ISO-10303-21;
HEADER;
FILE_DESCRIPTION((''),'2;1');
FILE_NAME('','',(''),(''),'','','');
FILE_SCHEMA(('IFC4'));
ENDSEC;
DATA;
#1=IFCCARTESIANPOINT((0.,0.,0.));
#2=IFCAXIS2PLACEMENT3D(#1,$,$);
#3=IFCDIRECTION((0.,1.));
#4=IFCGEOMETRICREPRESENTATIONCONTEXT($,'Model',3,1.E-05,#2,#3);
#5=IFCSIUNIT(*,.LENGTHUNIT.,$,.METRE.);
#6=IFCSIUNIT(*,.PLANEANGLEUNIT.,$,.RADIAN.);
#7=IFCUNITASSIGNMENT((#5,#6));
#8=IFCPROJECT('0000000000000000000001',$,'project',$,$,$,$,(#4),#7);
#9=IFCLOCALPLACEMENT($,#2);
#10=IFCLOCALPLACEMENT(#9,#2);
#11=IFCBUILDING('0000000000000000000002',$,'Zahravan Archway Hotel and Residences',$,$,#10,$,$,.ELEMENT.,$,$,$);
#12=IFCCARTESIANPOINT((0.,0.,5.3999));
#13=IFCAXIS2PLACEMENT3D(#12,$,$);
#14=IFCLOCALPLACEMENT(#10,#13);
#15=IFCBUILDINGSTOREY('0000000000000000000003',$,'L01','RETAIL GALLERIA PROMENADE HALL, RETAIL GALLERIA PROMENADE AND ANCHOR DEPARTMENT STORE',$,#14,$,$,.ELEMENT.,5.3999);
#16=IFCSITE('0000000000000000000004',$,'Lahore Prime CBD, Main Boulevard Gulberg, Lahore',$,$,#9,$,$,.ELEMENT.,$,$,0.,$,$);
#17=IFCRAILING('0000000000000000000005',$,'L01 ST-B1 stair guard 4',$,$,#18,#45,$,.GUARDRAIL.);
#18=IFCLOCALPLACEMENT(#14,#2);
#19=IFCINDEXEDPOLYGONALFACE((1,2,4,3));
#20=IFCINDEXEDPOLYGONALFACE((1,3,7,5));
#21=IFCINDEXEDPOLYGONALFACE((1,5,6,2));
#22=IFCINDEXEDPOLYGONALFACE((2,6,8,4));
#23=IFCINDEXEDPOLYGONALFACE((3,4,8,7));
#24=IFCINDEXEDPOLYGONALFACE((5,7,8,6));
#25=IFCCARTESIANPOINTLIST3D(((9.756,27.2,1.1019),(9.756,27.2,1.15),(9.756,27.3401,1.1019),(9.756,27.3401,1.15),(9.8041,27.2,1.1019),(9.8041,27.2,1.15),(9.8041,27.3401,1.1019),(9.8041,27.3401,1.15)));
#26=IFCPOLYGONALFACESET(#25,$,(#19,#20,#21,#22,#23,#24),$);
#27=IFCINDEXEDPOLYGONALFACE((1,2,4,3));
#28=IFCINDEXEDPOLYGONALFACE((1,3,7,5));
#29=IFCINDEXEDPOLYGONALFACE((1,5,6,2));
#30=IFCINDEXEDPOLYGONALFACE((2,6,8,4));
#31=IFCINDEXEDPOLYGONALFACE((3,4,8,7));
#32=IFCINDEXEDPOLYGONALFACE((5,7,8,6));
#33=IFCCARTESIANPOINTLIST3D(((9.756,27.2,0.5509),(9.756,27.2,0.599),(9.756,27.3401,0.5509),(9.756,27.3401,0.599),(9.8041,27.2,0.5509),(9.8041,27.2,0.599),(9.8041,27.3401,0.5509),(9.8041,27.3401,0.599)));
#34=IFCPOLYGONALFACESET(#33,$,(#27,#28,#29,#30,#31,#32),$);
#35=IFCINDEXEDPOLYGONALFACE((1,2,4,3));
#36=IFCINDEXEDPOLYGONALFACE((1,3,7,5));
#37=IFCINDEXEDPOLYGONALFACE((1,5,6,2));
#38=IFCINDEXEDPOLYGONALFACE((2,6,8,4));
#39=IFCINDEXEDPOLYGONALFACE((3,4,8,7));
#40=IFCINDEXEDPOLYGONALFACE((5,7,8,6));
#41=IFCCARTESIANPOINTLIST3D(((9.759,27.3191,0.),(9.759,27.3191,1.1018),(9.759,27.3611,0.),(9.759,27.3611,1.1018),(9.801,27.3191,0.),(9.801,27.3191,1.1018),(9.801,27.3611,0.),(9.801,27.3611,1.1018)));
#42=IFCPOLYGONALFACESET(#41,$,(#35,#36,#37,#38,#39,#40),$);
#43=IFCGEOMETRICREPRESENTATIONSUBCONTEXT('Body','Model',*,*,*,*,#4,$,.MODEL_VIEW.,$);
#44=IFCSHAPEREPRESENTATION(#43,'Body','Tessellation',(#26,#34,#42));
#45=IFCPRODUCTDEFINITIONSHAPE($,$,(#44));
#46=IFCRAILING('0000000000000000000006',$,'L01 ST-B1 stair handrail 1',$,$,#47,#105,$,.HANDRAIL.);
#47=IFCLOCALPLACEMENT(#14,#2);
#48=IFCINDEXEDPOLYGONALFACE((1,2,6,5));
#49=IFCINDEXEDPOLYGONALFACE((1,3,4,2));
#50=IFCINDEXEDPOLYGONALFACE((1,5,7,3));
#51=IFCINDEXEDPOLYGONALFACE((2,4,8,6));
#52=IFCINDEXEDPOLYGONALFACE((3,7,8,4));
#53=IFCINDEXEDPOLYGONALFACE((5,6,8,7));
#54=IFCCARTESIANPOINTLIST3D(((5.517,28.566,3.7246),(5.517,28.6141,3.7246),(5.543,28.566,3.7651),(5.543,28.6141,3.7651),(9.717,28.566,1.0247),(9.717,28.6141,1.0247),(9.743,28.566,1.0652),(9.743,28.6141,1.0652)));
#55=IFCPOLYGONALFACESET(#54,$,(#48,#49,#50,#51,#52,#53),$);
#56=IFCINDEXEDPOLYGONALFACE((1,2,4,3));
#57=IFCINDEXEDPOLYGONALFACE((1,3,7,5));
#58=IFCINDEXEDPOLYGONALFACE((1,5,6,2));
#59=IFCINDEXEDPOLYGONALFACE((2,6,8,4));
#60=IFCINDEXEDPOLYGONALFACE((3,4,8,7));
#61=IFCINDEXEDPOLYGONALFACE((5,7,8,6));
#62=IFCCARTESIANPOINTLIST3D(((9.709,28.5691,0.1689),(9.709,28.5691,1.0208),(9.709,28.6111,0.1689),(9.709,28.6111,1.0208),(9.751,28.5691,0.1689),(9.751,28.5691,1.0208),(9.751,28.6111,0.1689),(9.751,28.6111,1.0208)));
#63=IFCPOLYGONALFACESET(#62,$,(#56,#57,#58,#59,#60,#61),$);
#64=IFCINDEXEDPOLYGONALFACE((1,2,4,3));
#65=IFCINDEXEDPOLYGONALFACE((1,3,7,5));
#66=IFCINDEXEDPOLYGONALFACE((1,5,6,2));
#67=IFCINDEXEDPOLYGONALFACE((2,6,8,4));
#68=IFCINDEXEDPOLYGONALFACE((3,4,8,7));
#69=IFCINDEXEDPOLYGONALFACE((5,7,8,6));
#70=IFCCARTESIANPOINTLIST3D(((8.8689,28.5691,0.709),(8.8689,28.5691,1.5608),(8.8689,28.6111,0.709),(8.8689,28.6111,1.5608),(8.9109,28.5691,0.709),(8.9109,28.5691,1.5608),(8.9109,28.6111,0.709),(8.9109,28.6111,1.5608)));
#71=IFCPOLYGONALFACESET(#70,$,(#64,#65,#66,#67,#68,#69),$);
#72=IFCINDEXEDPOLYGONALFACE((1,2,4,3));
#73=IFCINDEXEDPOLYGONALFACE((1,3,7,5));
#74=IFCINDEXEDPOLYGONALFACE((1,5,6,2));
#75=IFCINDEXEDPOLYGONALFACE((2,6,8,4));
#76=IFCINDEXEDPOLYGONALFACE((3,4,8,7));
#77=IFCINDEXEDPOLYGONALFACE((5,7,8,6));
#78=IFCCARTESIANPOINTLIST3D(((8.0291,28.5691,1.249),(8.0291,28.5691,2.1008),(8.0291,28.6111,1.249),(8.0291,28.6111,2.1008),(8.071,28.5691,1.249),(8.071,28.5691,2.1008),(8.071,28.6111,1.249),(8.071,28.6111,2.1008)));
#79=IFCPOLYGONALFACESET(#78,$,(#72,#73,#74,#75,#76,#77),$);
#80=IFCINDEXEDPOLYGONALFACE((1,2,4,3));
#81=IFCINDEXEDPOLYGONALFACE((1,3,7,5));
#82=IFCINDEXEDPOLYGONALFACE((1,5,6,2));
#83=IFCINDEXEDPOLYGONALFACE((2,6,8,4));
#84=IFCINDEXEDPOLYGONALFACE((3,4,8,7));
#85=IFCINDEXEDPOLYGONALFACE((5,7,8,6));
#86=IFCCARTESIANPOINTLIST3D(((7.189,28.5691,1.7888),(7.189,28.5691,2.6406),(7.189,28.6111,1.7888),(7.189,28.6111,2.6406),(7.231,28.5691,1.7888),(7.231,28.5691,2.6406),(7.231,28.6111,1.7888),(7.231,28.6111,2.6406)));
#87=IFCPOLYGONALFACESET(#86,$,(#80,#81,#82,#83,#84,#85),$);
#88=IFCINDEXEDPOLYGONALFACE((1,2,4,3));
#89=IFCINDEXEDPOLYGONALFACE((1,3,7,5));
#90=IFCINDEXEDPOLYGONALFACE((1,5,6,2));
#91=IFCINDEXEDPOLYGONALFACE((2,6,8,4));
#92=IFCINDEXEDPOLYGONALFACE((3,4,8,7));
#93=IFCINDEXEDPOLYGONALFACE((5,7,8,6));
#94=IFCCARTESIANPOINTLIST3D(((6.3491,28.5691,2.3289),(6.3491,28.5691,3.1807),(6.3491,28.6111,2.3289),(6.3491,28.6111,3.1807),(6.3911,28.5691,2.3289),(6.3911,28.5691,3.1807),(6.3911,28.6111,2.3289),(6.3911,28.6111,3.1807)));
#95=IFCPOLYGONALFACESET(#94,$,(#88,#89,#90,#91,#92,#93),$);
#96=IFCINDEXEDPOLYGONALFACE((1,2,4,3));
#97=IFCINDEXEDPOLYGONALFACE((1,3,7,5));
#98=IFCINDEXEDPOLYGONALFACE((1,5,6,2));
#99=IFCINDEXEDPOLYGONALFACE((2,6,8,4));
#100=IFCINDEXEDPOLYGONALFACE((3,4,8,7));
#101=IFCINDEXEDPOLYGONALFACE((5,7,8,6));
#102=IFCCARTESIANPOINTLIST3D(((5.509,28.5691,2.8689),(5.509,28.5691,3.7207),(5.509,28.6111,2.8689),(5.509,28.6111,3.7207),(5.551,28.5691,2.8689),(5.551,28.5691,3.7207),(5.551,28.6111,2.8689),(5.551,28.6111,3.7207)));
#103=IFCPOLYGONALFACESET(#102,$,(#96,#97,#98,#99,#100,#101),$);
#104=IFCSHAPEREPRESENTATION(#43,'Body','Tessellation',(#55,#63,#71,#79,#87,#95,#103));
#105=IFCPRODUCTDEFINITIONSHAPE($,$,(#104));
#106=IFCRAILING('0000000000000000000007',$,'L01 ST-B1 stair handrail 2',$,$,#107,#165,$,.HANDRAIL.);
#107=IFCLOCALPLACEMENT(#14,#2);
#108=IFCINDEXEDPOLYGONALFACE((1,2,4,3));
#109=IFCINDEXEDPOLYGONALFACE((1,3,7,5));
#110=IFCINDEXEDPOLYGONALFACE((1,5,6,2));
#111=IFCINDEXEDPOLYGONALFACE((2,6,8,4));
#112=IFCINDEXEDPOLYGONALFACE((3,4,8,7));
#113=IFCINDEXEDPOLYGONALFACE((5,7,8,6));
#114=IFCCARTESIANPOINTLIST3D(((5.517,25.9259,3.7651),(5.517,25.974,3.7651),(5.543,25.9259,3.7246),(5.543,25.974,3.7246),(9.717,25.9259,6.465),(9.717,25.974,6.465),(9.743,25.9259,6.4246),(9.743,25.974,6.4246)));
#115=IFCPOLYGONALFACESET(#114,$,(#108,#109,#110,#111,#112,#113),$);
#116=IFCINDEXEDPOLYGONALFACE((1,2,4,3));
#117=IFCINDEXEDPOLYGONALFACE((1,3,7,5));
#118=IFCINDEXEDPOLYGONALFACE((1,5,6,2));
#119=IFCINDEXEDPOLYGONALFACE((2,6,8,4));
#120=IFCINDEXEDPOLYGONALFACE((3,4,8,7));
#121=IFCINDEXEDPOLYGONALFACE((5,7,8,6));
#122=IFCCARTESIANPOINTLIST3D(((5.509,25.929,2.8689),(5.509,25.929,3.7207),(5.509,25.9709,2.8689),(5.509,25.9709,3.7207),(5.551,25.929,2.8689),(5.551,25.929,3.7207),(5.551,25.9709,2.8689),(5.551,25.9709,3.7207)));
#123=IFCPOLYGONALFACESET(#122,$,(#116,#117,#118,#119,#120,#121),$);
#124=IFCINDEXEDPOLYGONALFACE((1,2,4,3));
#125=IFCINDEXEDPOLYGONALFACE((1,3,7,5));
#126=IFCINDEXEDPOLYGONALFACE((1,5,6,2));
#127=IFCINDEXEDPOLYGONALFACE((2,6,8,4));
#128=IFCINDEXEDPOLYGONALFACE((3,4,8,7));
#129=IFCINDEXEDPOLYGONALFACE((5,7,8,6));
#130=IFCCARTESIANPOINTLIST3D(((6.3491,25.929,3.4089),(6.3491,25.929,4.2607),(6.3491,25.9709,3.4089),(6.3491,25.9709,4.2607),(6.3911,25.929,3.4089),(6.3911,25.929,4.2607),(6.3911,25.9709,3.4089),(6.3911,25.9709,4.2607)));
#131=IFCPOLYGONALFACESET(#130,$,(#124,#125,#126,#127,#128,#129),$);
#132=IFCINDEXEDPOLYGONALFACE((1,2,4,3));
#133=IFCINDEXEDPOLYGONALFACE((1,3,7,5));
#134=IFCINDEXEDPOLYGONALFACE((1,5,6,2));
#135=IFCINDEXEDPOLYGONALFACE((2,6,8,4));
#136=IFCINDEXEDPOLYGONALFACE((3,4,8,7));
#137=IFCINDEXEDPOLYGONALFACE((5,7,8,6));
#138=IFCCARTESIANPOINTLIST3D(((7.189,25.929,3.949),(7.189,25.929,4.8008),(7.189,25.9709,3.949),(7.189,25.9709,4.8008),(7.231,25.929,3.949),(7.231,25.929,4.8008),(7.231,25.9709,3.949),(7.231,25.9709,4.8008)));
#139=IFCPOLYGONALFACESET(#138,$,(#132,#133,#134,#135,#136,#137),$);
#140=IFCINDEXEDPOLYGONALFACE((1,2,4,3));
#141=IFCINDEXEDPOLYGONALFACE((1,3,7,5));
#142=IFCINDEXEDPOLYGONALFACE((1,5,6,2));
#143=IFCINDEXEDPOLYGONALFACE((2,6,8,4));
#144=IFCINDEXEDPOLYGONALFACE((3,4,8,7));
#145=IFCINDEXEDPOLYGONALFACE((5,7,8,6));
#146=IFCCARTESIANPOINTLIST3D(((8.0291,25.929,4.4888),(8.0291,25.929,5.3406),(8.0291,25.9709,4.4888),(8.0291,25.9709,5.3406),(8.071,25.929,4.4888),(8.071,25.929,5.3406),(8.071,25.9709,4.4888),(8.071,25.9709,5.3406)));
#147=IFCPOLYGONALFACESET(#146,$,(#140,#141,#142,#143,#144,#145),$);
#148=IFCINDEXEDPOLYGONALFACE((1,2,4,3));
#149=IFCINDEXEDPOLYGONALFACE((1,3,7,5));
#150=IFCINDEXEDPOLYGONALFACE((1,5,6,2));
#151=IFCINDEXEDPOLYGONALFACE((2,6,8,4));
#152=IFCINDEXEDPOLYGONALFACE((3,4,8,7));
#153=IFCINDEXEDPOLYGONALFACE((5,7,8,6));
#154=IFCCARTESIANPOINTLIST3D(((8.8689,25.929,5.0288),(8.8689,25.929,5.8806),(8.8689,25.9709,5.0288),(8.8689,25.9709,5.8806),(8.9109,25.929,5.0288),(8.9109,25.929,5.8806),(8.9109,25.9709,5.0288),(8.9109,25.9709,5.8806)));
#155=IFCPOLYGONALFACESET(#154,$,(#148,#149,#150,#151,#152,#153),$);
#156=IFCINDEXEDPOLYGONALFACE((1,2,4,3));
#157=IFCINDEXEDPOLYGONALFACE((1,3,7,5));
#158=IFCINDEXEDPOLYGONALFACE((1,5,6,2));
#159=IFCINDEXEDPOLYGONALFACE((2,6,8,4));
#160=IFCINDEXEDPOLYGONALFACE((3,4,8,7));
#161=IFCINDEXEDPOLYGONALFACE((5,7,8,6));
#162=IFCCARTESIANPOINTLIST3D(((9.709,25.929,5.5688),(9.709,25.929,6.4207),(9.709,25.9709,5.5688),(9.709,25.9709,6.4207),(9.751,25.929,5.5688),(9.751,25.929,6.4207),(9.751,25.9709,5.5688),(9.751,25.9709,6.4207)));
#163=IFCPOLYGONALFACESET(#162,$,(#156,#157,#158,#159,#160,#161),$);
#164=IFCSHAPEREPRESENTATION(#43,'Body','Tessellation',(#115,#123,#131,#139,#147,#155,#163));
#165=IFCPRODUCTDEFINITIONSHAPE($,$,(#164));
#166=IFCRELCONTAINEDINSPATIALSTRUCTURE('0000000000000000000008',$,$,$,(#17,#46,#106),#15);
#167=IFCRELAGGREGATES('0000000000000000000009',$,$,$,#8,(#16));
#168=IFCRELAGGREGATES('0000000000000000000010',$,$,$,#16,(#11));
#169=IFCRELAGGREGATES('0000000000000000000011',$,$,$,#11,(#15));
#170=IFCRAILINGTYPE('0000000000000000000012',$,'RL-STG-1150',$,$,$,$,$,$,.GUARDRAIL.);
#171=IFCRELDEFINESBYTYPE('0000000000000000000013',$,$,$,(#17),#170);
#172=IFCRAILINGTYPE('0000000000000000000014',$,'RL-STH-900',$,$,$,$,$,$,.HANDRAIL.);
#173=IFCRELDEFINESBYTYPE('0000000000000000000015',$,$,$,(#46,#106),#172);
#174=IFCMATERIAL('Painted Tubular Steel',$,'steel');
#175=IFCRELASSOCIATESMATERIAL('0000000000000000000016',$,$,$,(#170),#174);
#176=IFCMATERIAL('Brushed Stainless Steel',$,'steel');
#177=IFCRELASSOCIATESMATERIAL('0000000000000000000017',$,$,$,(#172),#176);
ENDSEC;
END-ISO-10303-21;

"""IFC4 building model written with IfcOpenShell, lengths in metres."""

from ifc_helpers import new_model, si_unit, direction, frame, origin, origin_2d, place, context, subcontext, project, spatial, rectangle, extrude, material, type_object, element, save


model = new_model("IFC4")

# Units and contexts
model_context = context("Model", 3, precision=1e-05, world=origin(), true_north=direction((0.0, 1.0)))
body_context = subcontext(model_context, "Body", "Model", "MODEL_VIEW")
ifc_project = project(units=[si_unit("LENGTHUNIT", "METRE"), si_unit("PLANEANGLEUNIT", "RADIAN")], contexts=[model_context])

# Site, building, storey
site_placement = place(None, origin())
site = spatial("IfcSite", under=ifc_project, at=site_placement, Name="Lahore Prime CBD, Main Boulevard Gulberg, Lahore", CompositionType="ELEMENT", RefElevation=0.0)
building_placement = place(site_placement, origin())
building = spatial("IfcBuilding", under=site, at=building_placement, Name="Zahravan Archway Hotel and Residences", CompositionType="ELEMENT")
storey_placement = place(building_placement, frame((0.0, 0.0, 5.3999)))
storey = spatial("IfcBuildingStorey", under=building, at=storey_placement, Name="L01", Description="RETAIL GALLERIA PROMENADE HALL, RETAIL GALLERIA PROMENADE AND ANCHOR DEPARTMENT STORE", CompositionType="ELEMENT", Elevation=5.3999)

# Shared definitions
ifc_material_1 = material(Name="Brushed Stainless Steel", Category="steel")

# Railings
ifc_material_2 = material(Name="Painted Tubular Steel", Category="steel")
railing_type_1 = type_object("IfcRailingType", Name="RL-STG-1150", PredefinedType="GUARDRAIL", material=ifc_material_2)
railing_1_placement = place(storey_placement, frame((9.78, 27.3401, 0.0)))
element("IfcRailing", 1, at=railing_1_placement, inside=storey, type_object=railing_type_1, Name="L01 ST-B1 stair guard 4", PredefinedType="GUARDRAIL", context=body_context, shape_type="SweptSolid", body=[
    extrude(rectangle(XDim=0.0481, YDim=0.0481, at=origin_2d()), frame((0.0, 0.0, 1.126), z_axis=(0.0, -1.0, 0.0), x_axis=(1.0, 0.0, 0.0)), (0.0, 0.0, 1.0), 0.1401),
    extrude(rectangle(XDim=0.0481, YDim=0.0481, at=origin_2d()), frame((0.0, 0.0, 0.575), z_axis=(0.0, -1.0, 0.0), x_axis=(1.0, 0.0, 0.0)), (0.0, 0.0, 1.0), 0.1401),
    extrude(rectangle(XDim=0.042, YDim=0.042, at=origin_2d()), origin(), (0.0, 0.0, 1.0), 1.1018),
])
railing_type_2 = type_object("IfcRailingType", Name="RL-STH-900", PredefinedType="HANDRAIL", material=ifc_material_1)
railing_2_placement = place(storey_placement, frame((9.73, 28.5901, 0.1689)))
element("IfcRailing", 2, at=railing_2_placement, inside=storey, type_object=railing_type_2, Name="L01 ST-B1 stair handrail 1", PredefinedType="HANDRAIL", context=body_context, shape_type="SweptSolid", body=[
    extrude(rectangle(XDim=0.0481, YDim=0.0481, at=origin_2d()), frame((0.0, 0.0, 0.876), z_axis=(-0.84118, 0.0, 0.540755), x_axis=(0.0, -1.0, 0.0)), (0.0, 0.0, 1.0), 4.9929),
    extrude(rectangle(XDim=0.042, YDim=0.042, at=origin_2d()), origin(), (0.0, 0.0, 1.0), 0.8518),
    extrude(rectangle(XDim=0.042, YDim=0.042, at=origin_2d()), frame((-0.8401, 0.0, 0.54)), (0.0, 0.0, 1.0), 0.8518),
    extrude(rectangle(XDim=0.042, YDim=0.042, at=origin_2d()), frame((-1.6799, 0.0, 1.0801)), (0.0, 0.0, 1.0), 0.8518),
    extrude(rectangle(XDim=0.042, YDim=0.042, at=origin_2d()), frame((-2.52, 0.0, 1.6199)), (0.0, 0.0, 1.0), 0.8518),
    extrude(rectangle(XDim=0.042, YDim=0.042, at=origin_2d()), frame((-3.3599, 0.0, 2.1599)), (0.0, 0.0, 1.0), 0.8518),
    extrude(rectangle(XDim=0.042, YDim=0.042, at=origin_2d()), frame((-4.2, 0.0, 2.7)), (0.0, 0.0, 1.0), 0.8518),
])
railing_3_placement = place(storey_placement, frame((5.53, 25.95, 2.8689)))
element("IfcRailing", 3, at=railing_3_placement, inside=storey, type_object=railing_type_2, Name="L01 ST-B1 stair handrail 2", PredefinedType="HANDRAIL", context=body_context, shape_type="SweptSolid", body=[
    extrude(rectangle(XDim=0.0481, YDim=0.0481, at=origin_2d()), frame((0.0, 0.0, 0.876), z_axis=(0.84118, 0.0, 0.540755), x_axis=(0.0, 1.0, 0.0)), (0.0, 0.0, 1.0), 4.9929),
    extrude(rectangle(XDim=0.042, YDim=0.042, at=origin_2d()), origin(), (0.0, 0.0, 1.0), 0.8518),
    extrude(rectangle(XDim=0.042, YDim=0.042, at=origin_2d()), frame((0.8401, 0.0, 0.54)), (0.0, 0.0, 1.0), 0.8518),
    extrude(rectangle(XDim=0.042, YDim=0.042, at=origin_2d()), frame((1.6799, 0.0, 1.0801)), (0.0, 0.0, 1.0), 0.8518),
    extrude(rectangle(XDim=0.042, YDim=0.042, at=origin_2d()), frame((2.52, 0.0, 1.6199)), (0.0, 0.0, 1.0), 0.8518),
    extrude(rectangle(XDim=0.042, YDim=0.042, at=origin_2d()), frame((3.3599, 0.0, 2.1599)), (0.0, 0.0, 1.0), 0.8518),
    extrude(rectangle(XDim=0.042, YDim=0.042, at=origin_2d()), frame((4.2, 0.0, 2.7)), (0.0, 0.0, 1.0), 0.8518),
])

save(model, "model.ifc")
